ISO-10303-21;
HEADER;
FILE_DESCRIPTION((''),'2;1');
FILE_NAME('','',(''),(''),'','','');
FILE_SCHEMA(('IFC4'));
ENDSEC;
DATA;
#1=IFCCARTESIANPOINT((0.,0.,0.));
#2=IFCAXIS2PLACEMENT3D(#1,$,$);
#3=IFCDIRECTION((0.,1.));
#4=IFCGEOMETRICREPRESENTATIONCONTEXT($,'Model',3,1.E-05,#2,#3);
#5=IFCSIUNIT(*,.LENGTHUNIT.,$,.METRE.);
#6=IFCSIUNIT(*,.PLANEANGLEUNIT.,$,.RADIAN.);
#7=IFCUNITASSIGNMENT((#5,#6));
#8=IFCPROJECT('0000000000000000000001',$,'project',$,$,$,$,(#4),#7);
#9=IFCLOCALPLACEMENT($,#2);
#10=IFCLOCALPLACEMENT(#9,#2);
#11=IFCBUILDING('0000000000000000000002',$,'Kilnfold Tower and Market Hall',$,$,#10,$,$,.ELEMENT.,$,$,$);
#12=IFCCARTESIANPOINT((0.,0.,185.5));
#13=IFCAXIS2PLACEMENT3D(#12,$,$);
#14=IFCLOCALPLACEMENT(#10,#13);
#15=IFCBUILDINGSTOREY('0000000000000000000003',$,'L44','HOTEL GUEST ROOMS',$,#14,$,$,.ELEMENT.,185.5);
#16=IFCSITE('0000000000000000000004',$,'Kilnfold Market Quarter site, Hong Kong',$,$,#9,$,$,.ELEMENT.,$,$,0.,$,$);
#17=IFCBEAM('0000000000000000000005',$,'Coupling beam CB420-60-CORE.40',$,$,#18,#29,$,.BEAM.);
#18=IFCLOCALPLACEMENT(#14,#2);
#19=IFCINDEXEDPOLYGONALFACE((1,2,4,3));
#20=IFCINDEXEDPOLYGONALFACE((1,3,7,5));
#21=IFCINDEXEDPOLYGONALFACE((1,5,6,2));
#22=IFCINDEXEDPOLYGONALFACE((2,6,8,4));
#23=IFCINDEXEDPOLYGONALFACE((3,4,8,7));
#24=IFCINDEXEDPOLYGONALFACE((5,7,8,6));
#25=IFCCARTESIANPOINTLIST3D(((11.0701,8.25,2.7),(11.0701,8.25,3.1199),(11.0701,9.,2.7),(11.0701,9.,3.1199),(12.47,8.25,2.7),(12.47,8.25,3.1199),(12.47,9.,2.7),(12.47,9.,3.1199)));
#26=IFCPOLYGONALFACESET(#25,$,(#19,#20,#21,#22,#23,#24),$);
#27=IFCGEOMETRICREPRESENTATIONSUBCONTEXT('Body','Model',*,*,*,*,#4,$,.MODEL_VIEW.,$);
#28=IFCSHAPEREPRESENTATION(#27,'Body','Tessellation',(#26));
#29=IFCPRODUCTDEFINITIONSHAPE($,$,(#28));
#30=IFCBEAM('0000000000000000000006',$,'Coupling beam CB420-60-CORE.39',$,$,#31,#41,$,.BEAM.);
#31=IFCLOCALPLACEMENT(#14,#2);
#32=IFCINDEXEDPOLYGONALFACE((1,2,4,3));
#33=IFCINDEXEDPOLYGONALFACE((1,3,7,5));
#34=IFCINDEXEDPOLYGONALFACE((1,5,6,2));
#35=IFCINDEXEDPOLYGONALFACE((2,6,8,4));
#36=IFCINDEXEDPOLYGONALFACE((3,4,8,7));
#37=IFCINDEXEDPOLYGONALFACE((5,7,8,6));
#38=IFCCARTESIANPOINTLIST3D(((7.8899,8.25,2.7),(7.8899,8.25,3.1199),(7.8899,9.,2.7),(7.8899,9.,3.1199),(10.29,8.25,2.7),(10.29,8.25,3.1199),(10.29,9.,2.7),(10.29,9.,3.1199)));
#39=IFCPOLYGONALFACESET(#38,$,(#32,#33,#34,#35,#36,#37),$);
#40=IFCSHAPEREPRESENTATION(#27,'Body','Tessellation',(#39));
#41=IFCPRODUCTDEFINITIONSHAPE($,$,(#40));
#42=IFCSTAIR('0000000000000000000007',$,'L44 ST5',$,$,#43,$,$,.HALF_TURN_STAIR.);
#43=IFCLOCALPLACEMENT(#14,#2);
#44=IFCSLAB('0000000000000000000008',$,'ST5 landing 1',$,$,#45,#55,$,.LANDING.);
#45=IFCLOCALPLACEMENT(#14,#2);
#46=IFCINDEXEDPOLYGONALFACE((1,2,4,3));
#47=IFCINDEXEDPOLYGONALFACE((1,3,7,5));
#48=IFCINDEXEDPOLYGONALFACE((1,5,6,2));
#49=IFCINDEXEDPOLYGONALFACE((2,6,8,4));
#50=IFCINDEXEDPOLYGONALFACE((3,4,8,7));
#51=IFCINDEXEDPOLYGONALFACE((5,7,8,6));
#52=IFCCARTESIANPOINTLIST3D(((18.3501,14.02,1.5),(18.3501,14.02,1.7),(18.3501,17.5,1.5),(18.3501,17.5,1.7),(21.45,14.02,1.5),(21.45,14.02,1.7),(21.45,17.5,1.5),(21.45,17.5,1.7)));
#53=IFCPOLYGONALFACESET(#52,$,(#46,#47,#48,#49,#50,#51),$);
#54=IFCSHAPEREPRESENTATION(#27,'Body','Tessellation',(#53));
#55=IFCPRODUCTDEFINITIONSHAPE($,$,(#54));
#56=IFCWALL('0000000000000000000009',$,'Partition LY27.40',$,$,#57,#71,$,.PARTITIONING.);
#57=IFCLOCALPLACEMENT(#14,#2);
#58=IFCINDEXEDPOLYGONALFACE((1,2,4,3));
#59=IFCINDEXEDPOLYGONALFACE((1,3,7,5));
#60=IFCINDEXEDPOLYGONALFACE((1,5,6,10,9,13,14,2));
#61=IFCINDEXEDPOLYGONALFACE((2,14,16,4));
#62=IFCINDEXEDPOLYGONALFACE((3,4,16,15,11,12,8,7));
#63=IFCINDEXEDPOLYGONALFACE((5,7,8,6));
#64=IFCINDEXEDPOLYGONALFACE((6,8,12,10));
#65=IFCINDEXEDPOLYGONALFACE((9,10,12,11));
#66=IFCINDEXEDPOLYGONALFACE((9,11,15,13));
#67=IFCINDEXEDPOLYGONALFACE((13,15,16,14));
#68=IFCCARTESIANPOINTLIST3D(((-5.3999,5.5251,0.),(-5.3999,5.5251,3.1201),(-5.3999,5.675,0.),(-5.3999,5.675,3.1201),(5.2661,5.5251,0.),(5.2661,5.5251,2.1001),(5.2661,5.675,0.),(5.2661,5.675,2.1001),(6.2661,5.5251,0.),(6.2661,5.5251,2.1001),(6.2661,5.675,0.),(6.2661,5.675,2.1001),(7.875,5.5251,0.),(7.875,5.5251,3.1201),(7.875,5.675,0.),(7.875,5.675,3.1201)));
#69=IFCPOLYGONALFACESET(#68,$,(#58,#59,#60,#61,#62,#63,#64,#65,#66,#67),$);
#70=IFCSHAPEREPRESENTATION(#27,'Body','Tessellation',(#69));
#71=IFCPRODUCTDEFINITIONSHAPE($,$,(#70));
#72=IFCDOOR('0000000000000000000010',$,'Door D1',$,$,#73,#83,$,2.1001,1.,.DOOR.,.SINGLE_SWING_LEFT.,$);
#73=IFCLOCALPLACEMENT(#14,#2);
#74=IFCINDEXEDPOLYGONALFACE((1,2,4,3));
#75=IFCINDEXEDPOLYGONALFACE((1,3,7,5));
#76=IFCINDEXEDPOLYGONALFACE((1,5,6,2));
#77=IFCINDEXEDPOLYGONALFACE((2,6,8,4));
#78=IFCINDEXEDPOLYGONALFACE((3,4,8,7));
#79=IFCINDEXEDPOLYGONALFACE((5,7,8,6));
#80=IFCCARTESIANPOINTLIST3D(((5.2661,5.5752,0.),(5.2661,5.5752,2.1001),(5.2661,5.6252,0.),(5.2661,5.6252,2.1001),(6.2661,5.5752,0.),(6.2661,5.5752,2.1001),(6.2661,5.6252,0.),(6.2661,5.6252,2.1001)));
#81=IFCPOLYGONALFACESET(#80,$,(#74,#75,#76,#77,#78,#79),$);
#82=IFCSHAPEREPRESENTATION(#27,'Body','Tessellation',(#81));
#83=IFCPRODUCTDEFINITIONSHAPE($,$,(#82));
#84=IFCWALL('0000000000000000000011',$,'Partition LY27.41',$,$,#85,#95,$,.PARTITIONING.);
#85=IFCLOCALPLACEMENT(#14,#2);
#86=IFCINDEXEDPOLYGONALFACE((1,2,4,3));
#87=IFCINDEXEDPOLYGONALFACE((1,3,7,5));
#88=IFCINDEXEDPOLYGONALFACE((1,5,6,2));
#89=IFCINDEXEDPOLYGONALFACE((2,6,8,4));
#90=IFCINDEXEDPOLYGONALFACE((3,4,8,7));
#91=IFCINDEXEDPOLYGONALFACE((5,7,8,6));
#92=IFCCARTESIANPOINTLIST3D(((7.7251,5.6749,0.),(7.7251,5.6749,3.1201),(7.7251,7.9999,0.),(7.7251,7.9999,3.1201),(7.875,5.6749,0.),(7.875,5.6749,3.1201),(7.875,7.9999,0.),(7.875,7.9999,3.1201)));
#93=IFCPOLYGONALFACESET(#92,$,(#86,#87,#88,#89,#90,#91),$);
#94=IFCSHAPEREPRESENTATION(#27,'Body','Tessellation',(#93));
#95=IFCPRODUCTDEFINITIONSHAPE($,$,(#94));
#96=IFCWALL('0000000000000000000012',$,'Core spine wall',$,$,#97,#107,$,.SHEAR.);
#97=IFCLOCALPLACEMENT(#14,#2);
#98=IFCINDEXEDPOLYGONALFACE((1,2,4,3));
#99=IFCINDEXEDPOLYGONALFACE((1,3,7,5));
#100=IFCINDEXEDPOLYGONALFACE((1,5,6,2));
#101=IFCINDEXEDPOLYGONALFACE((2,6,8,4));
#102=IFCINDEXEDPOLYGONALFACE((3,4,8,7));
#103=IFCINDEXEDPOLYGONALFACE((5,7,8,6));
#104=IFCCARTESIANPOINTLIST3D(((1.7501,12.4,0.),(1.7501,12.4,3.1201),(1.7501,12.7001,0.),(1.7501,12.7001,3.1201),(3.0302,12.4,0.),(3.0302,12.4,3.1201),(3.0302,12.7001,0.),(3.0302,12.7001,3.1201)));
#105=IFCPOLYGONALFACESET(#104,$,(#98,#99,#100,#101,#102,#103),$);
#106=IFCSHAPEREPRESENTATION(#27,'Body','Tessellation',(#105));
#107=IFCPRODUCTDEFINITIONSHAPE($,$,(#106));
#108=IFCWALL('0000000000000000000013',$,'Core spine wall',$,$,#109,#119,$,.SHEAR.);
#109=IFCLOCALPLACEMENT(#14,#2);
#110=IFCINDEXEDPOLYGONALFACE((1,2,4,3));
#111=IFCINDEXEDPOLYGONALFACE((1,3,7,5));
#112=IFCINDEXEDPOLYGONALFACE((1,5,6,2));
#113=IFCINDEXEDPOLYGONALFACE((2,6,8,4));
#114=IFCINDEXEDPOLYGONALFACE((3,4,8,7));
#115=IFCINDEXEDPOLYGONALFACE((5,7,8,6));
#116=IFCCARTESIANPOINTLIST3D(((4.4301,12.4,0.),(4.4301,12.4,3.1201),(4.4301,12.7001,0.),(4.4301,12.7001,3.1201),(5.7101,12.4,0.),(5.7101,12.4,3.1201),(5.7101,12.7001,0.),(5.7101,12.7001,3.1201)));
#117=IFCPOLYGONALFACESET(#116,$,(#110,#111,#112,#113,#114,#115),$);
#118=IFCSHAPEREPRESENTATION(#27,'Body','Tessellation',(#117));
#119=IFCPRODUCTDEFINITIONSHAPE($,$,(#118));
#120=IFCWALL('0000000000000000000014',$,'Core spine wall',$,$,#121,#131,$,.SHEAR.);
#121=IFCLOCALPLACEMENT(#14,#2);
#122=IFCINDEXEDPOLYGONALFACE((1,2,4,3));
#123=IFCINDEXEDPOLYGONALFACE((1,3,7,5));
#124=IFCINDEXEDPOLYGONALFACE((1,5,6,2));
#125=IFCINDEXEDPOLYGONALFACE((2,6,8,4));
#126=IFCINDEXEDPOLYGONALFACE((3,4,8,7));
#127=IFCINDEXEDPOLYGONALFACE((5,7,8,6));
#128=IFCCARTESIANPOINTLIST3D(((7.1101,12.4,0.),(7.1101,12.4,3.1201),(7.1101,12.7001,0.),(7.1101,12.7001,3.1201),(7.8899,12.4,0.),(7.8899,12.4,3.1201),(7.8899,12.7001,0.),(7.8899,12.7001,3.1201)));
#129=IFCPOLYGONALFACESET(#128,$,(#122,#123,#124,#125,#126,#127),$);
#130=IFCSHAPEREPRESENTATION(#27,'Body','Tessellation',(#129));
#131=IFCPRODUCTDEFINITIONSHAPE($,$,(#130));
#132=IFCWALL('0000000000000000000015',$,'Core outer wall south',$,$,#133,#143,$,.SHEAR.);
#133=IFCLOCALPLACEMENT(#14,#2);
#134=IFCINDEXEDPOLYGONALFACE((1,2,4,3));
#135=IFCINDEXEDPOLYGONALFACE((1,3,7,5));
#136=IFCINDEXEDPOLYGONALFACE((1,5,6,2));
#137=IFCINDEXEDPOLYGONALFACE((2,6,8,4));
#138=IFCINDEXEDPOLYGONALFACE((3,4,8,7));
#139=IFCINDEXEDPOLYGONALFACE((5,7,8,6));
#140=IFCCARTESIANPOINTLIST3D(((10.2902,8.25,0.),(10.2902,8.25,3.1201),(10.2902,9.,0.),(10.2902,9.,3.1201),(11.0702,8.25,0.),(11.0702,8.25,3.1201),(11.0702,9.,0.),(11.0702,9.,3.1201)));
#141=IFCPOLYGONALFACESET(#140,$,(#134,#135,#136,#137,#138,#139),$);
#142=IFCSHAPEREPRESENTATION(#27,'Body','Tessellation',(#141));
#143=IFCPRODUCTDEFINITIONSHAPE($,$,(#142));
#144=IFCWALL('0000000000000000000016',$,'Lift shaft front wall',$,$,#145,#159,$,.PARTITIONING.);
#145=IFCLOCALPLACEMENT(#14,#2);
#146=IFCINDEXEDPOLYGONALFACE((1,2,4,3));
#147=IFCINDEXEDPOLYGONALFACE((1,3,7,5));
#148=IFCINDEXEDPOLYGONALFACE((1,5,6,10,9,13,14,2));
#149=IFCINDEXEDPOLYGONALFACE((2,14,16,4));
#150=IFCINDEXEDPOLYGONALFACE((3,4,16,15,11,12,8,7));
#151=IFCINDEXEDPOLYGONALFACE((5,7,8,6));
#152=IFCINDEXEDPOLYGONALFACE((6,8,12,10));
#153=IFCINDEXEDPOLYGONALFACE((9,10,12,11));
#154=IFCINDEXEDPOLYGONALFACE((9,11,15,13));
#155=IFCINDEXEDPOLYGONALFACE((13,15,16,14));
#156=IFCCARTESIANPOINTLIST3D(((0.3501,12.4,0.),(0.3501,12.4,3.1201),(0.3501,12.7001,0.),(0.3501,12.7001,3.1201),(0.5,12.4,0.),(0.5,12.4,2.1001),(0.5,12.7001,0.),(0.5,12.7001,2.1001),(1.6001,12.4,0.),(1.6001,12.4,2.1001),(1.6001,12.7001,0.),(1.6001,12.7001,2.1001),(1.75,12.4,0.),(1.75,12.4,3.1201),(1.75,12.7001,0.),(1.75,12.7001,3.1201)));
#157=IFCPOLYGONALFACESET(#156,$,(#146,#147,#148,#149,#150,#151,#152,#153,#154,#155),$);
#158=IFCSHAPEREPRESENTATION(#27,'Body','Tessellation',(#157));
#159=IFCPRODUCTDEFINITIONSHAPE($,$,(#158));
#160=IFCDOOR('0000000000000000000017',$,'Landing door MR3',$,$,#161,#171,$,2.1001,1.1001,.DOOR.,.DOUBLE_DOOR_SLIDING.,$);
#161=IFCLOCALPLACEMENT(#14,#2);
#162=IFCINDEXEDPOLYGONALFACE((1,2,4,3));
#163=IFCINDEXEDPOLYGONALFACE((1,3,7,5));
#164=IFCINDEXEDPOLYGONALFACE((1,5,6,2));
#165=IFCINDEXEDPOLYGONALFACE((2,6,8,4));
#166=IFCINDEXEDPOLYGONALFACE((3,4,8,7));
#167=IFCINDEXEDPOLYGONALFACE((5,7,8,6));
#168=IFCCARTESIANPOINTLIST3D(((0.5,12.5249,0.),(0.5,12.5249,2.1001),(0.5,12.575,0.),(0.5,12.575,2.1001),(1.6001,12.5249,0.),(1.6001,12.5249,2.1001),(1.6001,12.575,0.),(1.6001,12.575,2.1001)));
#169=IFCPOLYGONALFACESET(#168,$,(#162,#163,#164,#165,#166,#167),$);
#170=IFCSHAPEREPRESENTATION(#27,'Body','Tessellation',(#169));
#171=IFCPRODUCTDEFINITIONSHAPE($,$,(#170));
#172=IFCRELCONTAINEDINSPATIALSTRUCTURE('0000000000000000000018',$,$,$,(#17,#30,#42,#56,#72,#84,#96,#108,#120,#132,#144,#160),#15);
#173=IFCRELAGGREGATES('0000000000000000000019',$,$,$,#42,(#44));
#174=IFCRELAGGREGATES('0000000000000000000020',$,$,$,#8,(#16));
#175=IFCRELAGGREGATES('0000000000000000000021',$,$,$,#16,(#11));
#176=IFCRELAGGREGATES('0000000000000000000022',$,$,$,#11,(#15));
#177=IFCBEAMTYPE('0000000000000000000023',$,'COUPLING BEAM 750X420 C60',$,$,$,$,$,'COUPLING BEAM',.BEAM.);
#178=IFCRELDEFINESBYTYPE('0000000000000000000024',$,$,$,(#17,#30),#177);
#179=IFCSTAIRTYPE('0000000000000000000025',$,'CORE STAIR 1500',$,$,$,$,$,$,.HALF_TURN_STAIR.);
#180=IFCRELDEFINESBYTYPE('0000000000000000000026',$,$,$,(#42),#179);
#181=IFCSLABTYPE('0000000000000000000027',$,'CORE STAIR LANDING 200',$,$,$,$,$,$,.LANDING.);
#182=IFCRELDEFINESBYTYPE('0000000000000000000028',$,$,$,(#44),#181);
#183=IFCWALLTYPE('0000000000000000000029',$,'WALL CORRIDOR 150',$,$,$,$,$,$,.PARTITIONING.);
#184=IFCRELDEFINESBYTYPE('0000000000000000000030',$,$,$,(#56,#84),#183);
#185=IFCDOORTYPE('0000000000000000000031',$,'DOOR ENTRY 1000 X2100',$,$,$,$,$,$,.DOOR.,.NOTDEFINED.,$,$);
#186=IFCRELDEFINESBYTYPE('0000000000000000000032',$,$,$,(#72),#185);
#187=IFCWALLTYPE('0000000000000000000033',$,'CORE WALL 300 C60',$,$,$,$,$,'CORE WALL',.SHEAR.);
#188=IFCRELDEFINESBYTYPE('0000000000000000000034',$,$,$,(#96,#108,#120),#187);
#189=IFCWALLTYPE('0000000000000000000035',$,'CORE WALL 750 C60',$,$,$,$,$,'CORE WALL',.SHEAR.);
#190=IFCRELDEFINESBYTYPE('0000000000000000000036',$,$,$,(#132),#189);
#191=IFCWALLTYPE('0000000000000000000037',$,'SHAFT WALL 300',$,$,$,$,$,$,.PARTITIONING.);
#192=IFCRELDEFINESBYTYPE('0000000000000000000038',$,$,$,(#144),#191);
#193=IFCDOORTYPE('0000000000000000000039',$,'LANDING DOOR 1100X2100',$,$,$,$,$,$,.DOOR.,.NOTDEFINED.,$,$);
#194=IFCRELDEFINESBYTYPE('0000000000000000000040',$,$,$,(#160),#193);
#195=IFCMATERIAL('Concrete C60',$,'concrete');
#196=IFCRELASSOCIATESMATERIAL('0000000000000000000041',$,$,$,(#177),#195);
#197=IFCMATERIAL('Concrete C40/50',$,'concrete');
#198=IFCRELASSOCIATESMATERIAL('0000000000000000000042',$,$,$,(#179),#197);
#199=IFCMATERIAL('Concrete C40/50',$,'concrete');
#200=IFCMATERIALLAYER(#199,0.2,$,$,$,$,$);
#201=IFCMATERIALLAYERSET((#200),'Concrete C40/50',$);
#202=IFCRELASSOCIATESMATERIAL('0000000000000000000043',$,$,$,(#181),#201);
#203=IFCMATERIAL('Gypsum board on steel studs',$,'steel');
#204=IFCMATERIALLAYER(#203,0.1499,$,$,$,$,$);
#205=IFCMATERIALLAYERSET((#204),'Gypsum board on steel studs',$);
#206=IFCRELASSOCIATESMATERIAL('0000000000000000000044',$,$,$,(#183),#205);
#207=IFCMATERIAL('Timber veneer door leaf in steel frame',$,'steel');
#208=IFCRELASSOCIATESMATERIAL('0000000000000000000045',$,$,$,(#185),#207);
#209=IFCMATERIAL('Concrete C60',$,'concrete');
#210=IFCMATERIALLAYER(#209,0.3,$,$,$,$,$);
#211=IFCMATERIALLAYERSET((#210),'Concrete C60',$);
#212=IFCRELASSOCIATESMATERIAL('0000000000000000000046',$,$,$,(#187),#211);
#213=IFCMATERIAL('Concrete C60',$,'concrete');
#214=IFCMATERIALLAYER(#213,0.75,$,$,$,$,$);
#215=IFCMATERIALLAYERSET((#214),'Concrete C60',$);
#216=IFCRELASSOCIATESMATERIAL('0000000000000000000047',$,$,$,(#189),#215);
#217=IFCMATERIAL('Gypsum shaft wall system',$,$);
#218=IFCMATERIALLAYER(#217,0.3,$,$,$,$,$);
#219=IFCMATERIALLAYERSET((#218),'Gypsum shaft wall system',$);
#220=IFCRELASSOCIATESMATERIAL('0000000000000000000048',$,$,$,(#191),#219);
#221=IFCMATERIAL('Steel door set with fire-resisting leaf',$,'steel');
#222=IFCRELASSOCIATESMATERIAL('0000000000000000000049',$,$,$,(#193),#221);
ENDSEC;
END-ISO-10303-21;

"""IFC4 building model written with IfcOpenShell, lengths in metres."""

from ifc_helpers import new_model, si_unit, direction, frame, frame_2d, origin, origin_2d, place, context, subcontext, project, spatial, polyline, rectangle, outline, extrude, source, transform, mapped, material, layer, layer_set, material_profile, profile_set, type_object, element, fill, aggregate, save


model = new_model("IFC4")

# Units and contexts
model_context = context("Model", 3, precision=1e-05, world=origin(), true_north=direction((0.0, 1.0)))
body_context = subcontext(model_context, "Body", "Model", "MODEL_VIEW")
ifc_project = project(units=[si_unit("LENGTHUNIT", "METRE"), si_unit("PLANEANGLEUNIT", "RADIAN")], contexts=[model_context])

# Site, building, storey
site_placement = place(None, origin())
site = spatial("IfcSite", under=ifc_project, at=site_placement, Name="Kilnfold Market Quarter site, Hong Kong", CompositionType="ELEMENT", RefElevation=0.0)
building_placement = place(site_placement, origin())
building = spatial("IfcBuilding", under=site, at=building_placement, Name="Kilnfold Tower and Market Hall", CompositionType="ELEMENT")
storey_placement = place(building_placement, frame((0.0, 0.0, 185.5)))
storey = spatial("IfcBuildingStorey", under=building, at=storey_placement, Name="L44", Description="HOTEL GUEST ROOMS", CompositionType="ELEMENT", Elevation=185.5)

# Beams
ifc_material_1 = material(Name="Concrete C60", Category="concrete")
ifc_material_profile = material_profile(ifc_material_1, rectangle(XDim=0.75, YDim=0.4199, at=origin_2d()), Name="RC 750x420")
ifc_profile_set = profile_set([ifc_material_profile], Name="Concrete C60")
beam_type = type_object("IfcBeamType", Name="COUPLING BEAM 750X420 C60", ElementType="COUPLING BEAM", PredefinedType="BEAM", material=ifc_profile_set)
shared_shape_1 = source(origin(), body_context, "Body", "SweptSolid", [
    extrude(rectangle(XDim=0.75, YDim=0.4199, at=origin_2d()), origin(), (0.0, 0.0, 1.0), 1.3999),
])
beam_1_placement = place(storey_placement, frame((11.0701, 8.625, 2.9099), z_axis=(1.0, 0.0, 0.0), x_axis=(0.0, 1.0, 0.0)))
element("IfcBeam", 1, at=beam_1_placement, inside=storey, type_object=beam_type, Name="Coupling beam CB420-60-CORE.40", PredefinedType="BEAM", context=body_context, shape_type="MappedRepresentation", body=[
    mapped(shared_shape_1, transform((0.0, 0.0, 0.0))),
])
shared_shape_2 = source(origin(), body_context, "Body", "SweptSolid", [
    extrude(rectangle(XDim=0.75, YDim=0.4199, at=origin_2d()), origin(), (0.0, 0.0, 1.0), 2.4001),
])
beam_2_placement = place(storey_placement, frame((7.8899, 8.625, 2.9099), z_axis=(1.0, 0.0, 0.0), x_axis=(0.0, 1.0, 0.0)))
element("IfcBeam", 2, at=beam_2_placement, inside=storey, type_object=beam_type, Name="Coupling beam CB420-60-CORE.39", PredefinedType="BEAM", context=body_context, shape_type="MappedRepresentation", body=[
    mapped(shared_shape_2, transform((0.0, 0.0, 0.0))),
])

# Stair, slab
ifc_material_2 = material(Name="Concrete C40/50", Category="concrete")
stair_type = type_object("IfcStairType", Name="CORE STAIR 1500", PredefinedType="HALF_TURN_STAIR", material=ifc_material_2)
stair_placement = place(storey_placement, origin())
stair = element("IfcStair", 3, at=stair_placement, inside=storey, type_object=stair_type, Name="L44 ST5", PredefinedType="HALF_TURN_STAIR")
ifc_material_3 = material(Name="Concrete C40/50", Category="concrete")
ifc_layer_1 = layer(ifc_material_3, 0.2)
ifc_layer_set_1 = layer_set([ifc_layer_1], Name="Concrete C40/50")
slab_type = type_object("IfcSlabType", Name="CORE STAIR LANDING 200", PredefinedType="LANDING", material=ifc_layer_set_1)
shared_shape_3 = source(origin(), body_context, "Body", "SweptSolid", [
    extrude(outline(polyline([(21.45, 14.02), (21.45, 17.5), (18.3501, 17.5), (18.3501, 14.02), (21.45, 14.02)])), origin(), (0.0, 0.0, 1.0), 0.2),
])
slab_placement = place(storey_placement, frame((0.0, 0.0, 1.5)))
slab = element("IfcSlab", 4, at=slab_placement, type_object=slab_type, Name="ST5 landing 1", PredefinedType="LANDING", context=body_context, shape_type="MappedRepresentation", body=[
    mapped(shared_shape_3, transform((0.0, 0.0, 0.0))),
])
aggregate(stair, [slab])

# Wall, opening, door
ifc_material_4 = material(Name="Gypsum board on steel studs", Category="steel")
ifc_layer_2 = layer(ifc_material_4, 0.1499)
ifc_layer_set_2 = layer_set([ifc_layer_2], Name="Gypsum board on steel studs")
wall_type_1 = type_object("IfcWallType", Name="WALL CORRIDOR 150", PredefinedType="PARTITIONING", material=ifc_layer_set_2)
wall_1_placement = place(storey_placement, frame((7.875, 5.6001, 0.0), z_axis=(0.0, 0.0, 1.0), x_axis=(-1.0, 0.0, 0.0)))
wall_1 = element("IfcWall", 5, at=wall_1_placement, inside=storey, type_object=wall_type_1, Name="Partition LY27.40", PredefinedType="PARTITIONING", context=body_context, shape_type="SweptSolid", body=[
    extrude(rectangle(XDim=13.2749, YDim=0.1499, at=frame_2d((6.6375, 0.0))), origin(), (0.0, 0.0, 1.0), 3.1201),
])
opening_1_placement = place(wall_1_placement, frame((1.6089, 0.0, 0.0)))
opening_1 = element("IfcOpeningElement", 6, at=opening_1_placement, cuts=wall_1, PredefinedType="OPENING", context=body_context, shape_type="SweptSolid", body=[
    extrude(rectangle(XDim=1.0, YDim=2.1001, at=frame_2d((0.5, 1.05))), frame((0.0, 0.085, 0.0), z_axis=(0.0, -1.0, 0.0), x_axis=(1.0, 0.0, 0.0)), (0.0, 0.0, 1.0), 0.1699),
])
ifc_material_5 = material(Name="Timber veneer door leaf in steel frame", Category="steel")
door_type_1 = type_object("IfcDoorType", Name="DOOR ENTRY 1000 X2100", OperationType="NOTDEFINED", PredefinedType="DOOR", material=ifc_material_5)
door_1_placement = place(opening_1_placement, origin())
door_1 = element("IfcDoor", 7, at=door_1_placement, inside=storey, type_object=door_type_1, Name="Door D1", OperationType="SINGLE_SWING_LEFT", OverallHeight=2.1001, OverallWidth=1.0, PredefinedType="DOOR", context=body_context, shape_type="SweptSolid", body=[
    extrude(rectangle(XDim=1.0, YDim=2.1001, at=frame_2d((0.5, 1.05))), frame((0.0, 0.0249, 0.0), z_axis=(0.0, -1.0, 0.0), x_axis=(1.0, 0.0, 0.0)), (0.0, 0.0, 1.0), 0.05),
])
fill(opening_1, door_1)

# Walls
wall_2_placement = place(storey_placement, frame((7.8, 8.0, 0.0), z_axis=(0.0, 0.0, 1.0), x_axis=(0.0, -1.0, 0.0)))
element("IfcWall", 8, at=wall_2_placement, inside=storey, type_object=wall_type_1, Name="Partition LY27.41", PredefinedType="PARTITIONING", context=body_context, shape_type="SweptSolid", body=[
    extrude(rectangle(XDim=2.325, YDim=0.1499, at=frame_2d((1.1626, 0.0))), origin(), (0.0, 0.0, 1.0), 3.1201),
])
ifc_material_6 = material(Name="Concrete C60", Category="concrete")
ifc_layer_3 = layer(ifc_material_6, 0.3)
ifc_layer_set_3 = layer_set([ifc_layer_3], Name="Concrete C60")
wall_type_2 = type_object("IfcWallType", Name="CORE WALL 300 C60", ElementType="CORE WALL", PredefinedType="SHEAR", material=ifc_layer_set_3)
shared_shape_4 = source(origin(), body_context, "Body", "SweptSolid", [
    extrude(rectangle(XDim=1.28, YDim=0.3, at=frame_2d((0.6401, 0.0))), origin(), (0.0, 0.0, 1.0), 3.1201),
])
for number, where, z_axis, x_axis, name in (
    (9, (1.75, 12.55, 0.0), (0.0, 0.0, 1.0), (1.0, 0.0, 0.0), "Core spine wall"),
    (10, (4.4299, 12.55, 0.0), (0.0, 0.0, 1.0), (1.0, 0.0, 0.0), "Core spine wall"),
):
    element("IfcWall", number, at=place(storey_placement, frame(where, z_axis=z_axis, x_axis=x_axis)), inside=storey, type_object=wall_type_2, Name=name, PredefinedType="SHEAR", context=body_context, shape_type="MappedRepresentation", body=[
        mapped(shared_shape_4, transform((0.0, 0.0, 0.0))),
    ])
shared_shape_5 = source(origin(), body_context, "Body", "SweptSolid", [
    extrude(rectangle(XDim=0.7798, YDim=0.3, at=frame_2d((0.3899, 0.0))), origin(), (0.0, 0.0, 1.0), 3.1201),
])
wall_3_placement = place(storey_placement, frame((7.1101, 12.55, 0.0), z_axis=(0.0, 0.0, 1.0), x_axis=(1.0, 0.0, 0.0)))
element("IfcWall", 11, at=wall_3_placement, inside=storey, type_object=wall_type_2, Name="Core spine wall", PredefinedType="SHEAR", context=body_context, shape_type="MappedRepresentation", body=[
    mapped(shared_shape_5, transform((0.0, 0.0, 0.0))),
])
ifc_material_7 = material(Name="Concrete C60", Category="concrete")
ifc_layer_4 = layer(ifc_material_7, 0.75)
ifc_layer_set_4 = layer_set([ifc_layer_4], Name="Concrete C60")
wall_type_3 = type_object("IfcWallType", Name="CORE WALL 750 C60", ElementType="CORE WALL", PredefinedType="SHEAR", material=ifc_layer_set_4)
shared_shape_6 = source(origin(), body_context, "Body", "SweptSolid", [
    extrude(rectangle(XDim=0.78, YDim=0.75, at=frame_2d((0.3901, 0.0))), origin(), (0.0, 0.0, 1.0), 3.1201),
])
wall_4_placement = place(storey_placement, frame((10.29, 8.625, 0.0), z_axis=(0.0, 0.0, 1.0), x_axis=(1.0, 0.0, 0.0)))
element("IfcWall", 12, at=wall_4_placement, inside=storey, type_object=wall_type_3, Name="Core outer wall south", PredefinedType="SHEAR", context=body_context, shape_type="MappedRepresentation", body=[
    mapped(shared_shape_6, transform((0.0, 0.0, 0.0))),
])

# Wall, opening, door
ifc_material_8 = material(Name="Gypsum shaft wall system")
ifc_layer_5 = layer(ifc_material_8, 0.3)
ifc_layer_set_5 = layer_set([ifc_layer_5], Name="Gypsum shaft wall system")
wall_type_4 = type_object("IfcWallType", Name="SHAFT WALL 300", PredefinedType="PARTITIONING", material=ifc_layer_set_5)
shared_shape_7 = source(origin(), body_context, "Body", "SweptSolid", [
    extrude(rectangle(XDim=1.3999, YDim=0.3, at=frame_2d((0.7, 0.0))), origin(), (0.0, 0.0, 1.0), 3.1201),
])
wall_5_placement = place(storey_placement, frame((0.3501, 12.55, 0.0), z_axis=(0.0, 0.0, 1.0), x_axis=(1.0, 0.0, 0.0)))
wall_5 = element("IfcWall", 13, at=wall_5_placement, inside=storey, type_object=wall_type_4, Name="Lift shaft front wall", PredefinedType="PARTITIONING", context=body_context, shape_type="MappedRepresentation", body=[
    mapped(shared_shape_7, transform((0.0, 0.0, 0.0))),
])
opening_2_placement = place(wall_5_placement, frame((0.1499, 0.0, 0.0)))
opening_2 = element("IfcOpeningElement", 14, at=opening_2_placement, cuts=wall_5, PredefinedType="OPENING", context=body_context, shape_type="SweptSolid", body=[
    extrude(rectangle(XDim=1.1001, YDim=2.1001, at=frame_2d((0.55, 1.05))), frame((0.0, 0.1602, 0.0), z_axis=(0.0, -1.0, 0.0), x_axis=(1.0, 0.0, 0.0)), (0.0, 0.0, 1.0), 0.3201),
])
ifc_material_9 = material(Name="Steel door set with fire-resisting leaf", Category="steel")
door_type_2 = type_object("IfcDoorType", Name="LANDING DOOR 1100X2100", OperationType="NOTDEFINED", PredefinedType="DOOR", material=ifc_material_9)
door_2_placement = place(opening_2_placement, origin())
door_2 = element("IfcDoor", 15, at=door_2_placement, inside=storey, type_object=door_type_2, Name="Landing door MR3", OperationType="DOUBLE_DOOR_SLIDING", OverallHeight=2.1001, OverallWidth=1.1001, PredefinedType="DOOR", context=body_context, shape_type="SweptSolid", body=[
    extrude(rectangle(XDim=1.1001, YDim=2.1001, at=frame_2d((0.55, 1.05))), frame((0.0, 0.0249, 0.0), z_axis=(0.0, -1.0, 0.0), x_axis=(1.0, 0.0, 0.0)), (0.0, 0.0, 1.0), 0.05),
])
fill(opening_2, door_2)

save(model, "model.ifc")
